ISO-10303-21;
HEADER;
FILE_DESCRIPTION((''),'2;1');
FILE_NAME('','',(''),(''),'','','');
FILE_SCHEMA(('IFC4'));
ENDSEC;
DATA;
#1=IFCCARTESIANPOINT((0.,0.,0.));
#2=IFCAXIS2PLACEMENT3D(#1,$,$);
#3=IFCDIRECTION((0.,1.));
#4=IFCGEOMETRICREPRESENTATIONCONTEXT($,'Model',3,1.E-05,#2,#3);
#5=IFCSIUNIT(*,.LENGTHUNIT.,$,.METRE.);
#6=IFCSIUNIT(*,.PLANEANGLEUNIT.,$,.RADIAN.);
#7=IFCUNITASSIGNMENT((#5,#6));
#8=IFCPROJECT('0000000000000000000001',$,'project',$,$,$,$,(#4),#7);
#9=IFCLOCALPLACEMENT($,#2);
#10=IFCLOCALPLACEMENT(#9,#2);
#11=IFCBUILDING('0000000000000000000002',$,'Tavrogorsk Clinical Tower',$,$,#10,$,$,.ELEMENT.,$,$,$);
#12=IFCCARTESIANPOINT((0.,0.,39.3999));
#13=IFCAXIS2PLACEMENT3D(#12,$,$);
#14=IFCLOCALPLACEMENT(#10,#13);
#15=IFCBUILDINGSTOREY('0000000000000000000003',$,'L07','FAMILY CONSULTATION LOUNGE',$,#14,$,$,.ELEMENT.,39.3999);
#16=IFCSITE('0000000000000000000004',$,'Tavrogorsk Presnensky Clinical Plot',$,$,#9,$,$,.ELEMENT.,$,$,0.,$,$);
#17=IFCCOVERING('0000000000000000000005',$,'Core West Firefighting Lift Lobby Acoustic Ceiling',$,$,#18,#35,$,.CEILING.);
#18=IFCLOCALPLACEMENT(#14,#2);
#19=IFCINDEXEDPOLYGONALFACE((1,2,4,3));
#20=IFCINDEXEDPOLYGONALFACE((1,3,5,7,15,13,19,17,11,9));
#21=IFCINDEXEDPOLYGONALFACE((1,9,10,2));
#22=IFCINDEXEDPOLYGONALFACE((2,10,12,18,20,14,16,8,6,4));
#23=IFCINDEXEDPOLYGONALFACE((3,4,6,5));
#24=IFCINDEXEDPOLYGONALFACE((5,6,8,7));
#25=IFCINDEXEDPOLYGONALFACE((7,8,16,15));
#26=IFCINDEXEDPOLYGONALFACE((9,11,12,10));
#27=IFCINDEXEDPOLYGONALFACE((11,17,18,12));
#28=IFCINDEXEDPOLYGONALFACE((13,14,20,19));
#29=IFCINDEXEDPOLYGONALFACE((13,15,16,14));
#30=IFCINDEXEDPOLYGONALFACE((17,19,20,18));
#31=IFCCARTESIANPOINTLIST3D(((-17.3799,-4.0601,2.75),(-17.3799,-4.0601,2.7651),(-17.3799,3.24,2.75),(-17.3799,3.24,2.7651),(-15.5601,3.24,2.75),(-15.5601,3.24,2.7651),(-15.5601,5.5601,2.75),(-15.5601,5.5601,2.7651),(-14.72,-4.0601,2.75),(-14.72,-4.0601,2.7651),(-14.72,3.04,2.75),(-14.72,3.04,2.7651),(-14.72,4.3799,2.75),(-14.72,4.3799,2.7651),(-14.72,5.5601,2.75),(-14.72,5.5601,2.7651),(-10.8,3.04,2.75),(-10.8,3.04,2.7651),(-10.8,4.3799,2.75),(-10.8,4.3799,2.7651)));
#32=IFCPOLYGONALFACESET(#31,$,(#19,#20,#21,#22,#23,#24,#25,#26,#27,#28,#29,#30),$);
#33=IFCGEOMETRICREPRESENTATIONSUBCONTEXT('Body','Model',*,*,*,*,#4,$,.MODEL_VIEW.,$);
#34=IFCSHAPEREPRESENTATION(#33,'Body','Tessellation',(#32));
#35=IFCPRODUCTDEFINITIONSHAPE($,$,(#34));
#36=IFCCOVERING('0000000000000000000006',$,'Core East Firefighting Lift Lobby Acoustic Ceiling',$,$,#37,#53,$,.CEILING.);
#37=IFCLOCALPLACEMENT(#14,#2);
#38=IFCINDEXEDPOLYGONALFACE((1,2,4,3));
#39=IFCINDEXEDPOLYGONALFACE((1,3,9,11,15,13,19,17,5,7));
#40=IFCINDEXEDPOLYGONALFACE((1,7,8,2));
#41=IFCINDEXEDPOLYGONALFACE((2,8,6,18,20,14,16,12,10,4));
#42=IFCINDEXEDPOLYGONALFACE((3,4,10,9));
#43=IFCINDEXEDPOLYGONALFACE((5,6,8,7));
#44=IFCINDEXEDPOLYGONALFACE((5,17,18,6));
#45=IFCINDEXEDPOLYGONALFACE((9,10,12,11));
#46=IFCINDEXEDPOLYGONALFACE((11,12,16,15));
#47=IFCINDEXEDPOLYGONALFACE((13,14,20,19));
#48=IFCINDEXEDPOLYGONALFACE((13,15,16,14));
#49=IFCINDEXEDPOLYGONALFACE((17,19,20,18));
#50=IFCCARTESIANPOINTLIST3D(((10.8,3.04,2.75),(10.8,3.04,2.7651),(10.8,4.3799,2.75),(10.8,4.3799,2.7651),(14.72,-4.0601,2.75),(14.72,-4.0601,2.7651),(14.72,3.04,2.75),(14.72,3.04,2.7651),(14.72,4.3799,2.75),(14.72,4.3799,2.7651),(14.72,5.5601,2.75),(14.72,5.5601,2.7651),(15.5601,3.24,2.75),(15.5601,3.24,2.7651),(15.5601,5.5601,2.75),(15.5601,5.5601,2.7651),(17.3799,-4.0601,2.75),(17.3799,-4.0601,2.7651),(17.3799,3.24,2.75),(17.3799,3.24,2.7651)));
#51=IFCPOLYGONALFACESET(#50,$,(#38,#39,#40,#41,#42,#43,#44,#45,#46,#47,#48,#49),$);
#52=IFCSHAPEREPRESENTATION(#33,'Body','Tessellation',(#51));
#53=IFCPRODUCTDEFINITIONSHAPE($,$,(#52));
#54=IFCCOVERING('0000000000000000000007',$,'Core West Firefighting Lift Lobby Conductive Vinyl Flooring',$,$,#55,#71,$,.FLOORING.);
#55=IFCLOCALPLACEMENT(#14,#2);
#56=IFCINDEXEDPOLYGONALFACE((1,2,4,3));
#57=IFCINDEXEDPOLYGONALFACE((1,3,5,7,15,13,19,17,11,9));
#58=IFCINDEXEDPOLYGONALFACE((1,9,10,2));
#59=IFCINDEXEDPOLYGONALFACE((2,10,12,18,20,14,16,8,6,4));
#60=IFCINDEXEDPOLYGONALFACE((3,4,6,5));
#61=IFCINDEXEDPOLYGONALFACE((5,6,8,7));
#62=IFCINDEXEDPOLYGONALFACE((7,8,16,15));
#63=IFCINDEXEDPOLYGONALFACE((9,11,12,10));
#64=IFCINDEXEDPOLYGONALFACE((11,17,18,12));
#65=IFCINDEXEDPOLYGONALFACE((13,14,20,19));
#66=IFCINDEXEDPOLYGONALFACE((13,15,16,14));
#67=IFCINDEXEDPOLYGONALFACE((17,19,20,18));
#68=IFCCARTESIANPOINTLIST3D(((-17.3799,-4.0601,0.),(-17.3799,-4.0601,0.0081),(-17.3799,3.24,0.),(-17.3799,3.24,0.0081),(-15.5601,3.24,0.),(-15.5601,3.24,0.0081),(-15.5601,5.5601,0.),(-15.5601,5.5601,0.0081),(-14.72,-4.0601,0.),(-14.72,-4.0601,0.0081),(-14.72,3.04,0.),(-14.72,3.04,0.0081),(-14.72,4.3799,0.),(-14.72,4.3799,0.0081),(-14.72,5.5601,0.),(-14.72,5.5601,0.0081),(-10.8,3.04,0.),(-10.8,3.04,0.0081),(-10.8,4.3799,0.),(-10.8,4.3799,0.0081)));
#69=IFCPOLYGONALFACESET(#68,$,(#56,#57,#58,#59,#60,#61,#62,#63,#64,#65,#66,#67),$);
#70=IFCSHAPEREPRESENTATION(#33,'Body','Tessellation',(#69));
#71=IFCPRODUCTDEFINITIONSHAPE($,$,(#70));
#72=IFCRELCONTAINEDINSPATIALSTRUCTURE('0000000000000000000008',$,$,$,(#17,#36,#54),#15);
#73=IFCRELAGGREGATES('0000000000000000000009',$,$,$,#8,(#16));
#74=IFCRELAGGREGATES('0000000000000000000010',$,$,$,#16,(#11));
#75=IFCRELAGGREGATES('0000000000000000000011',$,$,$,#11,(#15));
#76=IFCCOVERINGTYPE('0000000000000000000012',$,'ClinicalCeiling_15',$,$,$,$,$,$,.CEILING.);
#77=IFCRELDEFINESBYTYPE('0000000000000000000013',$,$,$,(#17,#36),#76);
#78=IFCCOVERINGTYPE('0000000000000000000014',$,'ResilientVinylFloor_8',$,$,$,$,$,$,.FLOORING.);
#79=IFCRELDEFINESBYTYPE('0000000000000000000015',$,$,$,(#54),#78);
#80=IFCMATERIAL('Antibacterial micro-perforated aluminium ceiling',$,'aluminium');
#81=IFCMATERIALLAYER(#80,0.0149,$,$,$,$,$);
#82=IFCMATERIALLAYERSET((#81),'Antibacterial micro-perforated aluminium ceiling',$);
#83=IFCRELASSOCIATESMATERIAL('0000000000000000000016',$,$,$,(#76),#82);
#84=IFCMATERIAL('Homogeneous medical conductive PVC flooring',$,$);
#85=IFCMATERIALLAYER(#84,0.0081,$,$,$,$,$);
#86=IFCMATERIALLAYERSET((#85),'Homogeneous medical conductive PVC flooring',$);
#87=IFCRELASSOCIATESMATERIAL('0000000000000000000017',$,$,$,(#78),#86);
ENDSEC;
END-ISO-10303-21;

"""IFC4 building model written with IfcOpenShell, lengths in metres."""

from ifc_helpers import new_model, si_unit, direction, frame, origin, place, context, subcontext, project, spatial, polyline, outline, extrude, material, layer, layer_set, type_object, element, save


model = new_model("IFC4")

# Units and contexts
model_context = context("Model", 3, precision=1e-05, world=origin(), true_north=direction((0.0, 1.0)))
body_context = subcontext(model_context, "Body", "Model", "MODEL_VIEW")
ifc_project = project(units=[si_unit("LENGTHUNIT", "METRE"), si_unit("PLANEANGLEUNIT", "RADIAN")], contexts=[model_context])

# Site, building, storey
site_placement = place(None, origin())
site = spatial("IfcSite", under=ifc_project, at=site_placement, Name="Tavrogorsk Presnensky Clinical Plot", CompositionType="ELEMENT", RefElevation=0.0)
building_placement = place(site_placement, origin())
building = spatial("IfcBuilding", under=site, at=building_placement, Name="Tavrogorsk Clinical Tower", CompositionType="ELEMENT")
storey_placement = place(building_placement, frame((0.0, 0.0, 39.3999)))
storey = spatial("IfcBuildingStorey", under=building, at=storey_placement, Name="L07", Description="FAMILY CONSULTATION LOUNGE", CompositionType="ELEMENT", Elevation=39.3999)

# Coverings
ifc_material_1 = material(Name="Antibacterial micro-perforated aluminium ceiling", Category="aluminium")
ifc_layer_1 = layer(ifc_material_1, 0.0149)
ifc_layer_set_1 = layer_set([ifc_layer_1], Name="Antibacterial micro-perforated aluminium ceiling")
covering_type_1 = type_object("IfcCoveringType", Name="ClinicalCeiling_15", PredefinedType="CEILING", material=ifc_layer_set_1)
covering_1_placement = place(storey_placement, frame((0.0, 0.0, 2.75)))
element("IfcCovering", 1, at=covering_1_placement, inside=storey, type_object=covering_type_1, Name="Core West Firefighting Lift Lobby Acoustic Ceiling", PredefinedType="CEILING", context=body_context, shape_type="SweptSolid", body=[
    extrude(outline(polyline([(-14.72, 4.3799), (-10.8, 4.3799), (-10.8, 3.04), (-14.72, 3.04), (-14.72, -4.0601), (-17.3799, -4.0601), (-17.3799, 3.24), (-15.5601, 3.24), (-15.5601, 5.5601), (-14.72, 5.5601), (-14.72, 4.3799)])), origin(), (0.0, 0.0, 1.0), 0.0151),
])
covering_2_placement = place(storey_placement, frame((0.0, 0.0, 2.75)))
element("IfcCovering", 2, at=covering_2_placement, inside=storey, type_object=covering_type_1, Name="Core East Firefighting Lift Lobby Acoustic Ceiling", PredefinedType="CEILING", context=body_context, shape_type="SweptSolid", body=[
    extrude(outline(polyline([(14.72, -4.0601), (14.72, 3.04), (10.8, 3.04), (10.8, 4.3799), (14.72, 4.3799), (14.72, 5.5601), (15.5601, 5.5601), (15.5601, 3.24), (17.3799, 3.24), (17.3799, -4.0601), (14.72, -4.0601)])), origin(), (0.0, 0.0, 1.0), 0.0151),
])
ifc_material_2 = material(Name="Homogeneous medical conductive PVC flooring")
ifc_layer_2 = layer(ifc_material_2, 0.0081)
ifc_layer_set_2 = layer_set([ifc_layer_2], Name="Homogeneous medical conductive PVC flooring")
covering_type_2 = type_object("IfcCoveringType", Name="ResilientVinylFloor_8", PredefinedType="FLOORING", material=ifc_layer_set_2)
covering_3_placement = place(storey_placement, origin())
element("IfcCovering", 3, at=covering_3_placement, inside=storey, type_object=covering_type_2, Name="Core West Firefighting Lift Lobby Conductive Vinyl Flooring", PredefinedType="FLOORING", context=body_context, shape_type="SweptSolid", body=[
    extrude(outline(polyline([(-14.72, 4.3799), (-10.8, 4.3799), (-10.8, 3.04), (-14.72, 3.04), (-14.72, -4.0601), (-17.3799, -4.0601), (-17.3799, 3.24), (-15.5601, 3.24), (-15.5601, 5.5601), (-14.72, 5.5601), (-14.72, 4.3799)])), origin(), (0.0, 0.0, 1.0), 0.0081),
])

save(model, "model.ifc")
